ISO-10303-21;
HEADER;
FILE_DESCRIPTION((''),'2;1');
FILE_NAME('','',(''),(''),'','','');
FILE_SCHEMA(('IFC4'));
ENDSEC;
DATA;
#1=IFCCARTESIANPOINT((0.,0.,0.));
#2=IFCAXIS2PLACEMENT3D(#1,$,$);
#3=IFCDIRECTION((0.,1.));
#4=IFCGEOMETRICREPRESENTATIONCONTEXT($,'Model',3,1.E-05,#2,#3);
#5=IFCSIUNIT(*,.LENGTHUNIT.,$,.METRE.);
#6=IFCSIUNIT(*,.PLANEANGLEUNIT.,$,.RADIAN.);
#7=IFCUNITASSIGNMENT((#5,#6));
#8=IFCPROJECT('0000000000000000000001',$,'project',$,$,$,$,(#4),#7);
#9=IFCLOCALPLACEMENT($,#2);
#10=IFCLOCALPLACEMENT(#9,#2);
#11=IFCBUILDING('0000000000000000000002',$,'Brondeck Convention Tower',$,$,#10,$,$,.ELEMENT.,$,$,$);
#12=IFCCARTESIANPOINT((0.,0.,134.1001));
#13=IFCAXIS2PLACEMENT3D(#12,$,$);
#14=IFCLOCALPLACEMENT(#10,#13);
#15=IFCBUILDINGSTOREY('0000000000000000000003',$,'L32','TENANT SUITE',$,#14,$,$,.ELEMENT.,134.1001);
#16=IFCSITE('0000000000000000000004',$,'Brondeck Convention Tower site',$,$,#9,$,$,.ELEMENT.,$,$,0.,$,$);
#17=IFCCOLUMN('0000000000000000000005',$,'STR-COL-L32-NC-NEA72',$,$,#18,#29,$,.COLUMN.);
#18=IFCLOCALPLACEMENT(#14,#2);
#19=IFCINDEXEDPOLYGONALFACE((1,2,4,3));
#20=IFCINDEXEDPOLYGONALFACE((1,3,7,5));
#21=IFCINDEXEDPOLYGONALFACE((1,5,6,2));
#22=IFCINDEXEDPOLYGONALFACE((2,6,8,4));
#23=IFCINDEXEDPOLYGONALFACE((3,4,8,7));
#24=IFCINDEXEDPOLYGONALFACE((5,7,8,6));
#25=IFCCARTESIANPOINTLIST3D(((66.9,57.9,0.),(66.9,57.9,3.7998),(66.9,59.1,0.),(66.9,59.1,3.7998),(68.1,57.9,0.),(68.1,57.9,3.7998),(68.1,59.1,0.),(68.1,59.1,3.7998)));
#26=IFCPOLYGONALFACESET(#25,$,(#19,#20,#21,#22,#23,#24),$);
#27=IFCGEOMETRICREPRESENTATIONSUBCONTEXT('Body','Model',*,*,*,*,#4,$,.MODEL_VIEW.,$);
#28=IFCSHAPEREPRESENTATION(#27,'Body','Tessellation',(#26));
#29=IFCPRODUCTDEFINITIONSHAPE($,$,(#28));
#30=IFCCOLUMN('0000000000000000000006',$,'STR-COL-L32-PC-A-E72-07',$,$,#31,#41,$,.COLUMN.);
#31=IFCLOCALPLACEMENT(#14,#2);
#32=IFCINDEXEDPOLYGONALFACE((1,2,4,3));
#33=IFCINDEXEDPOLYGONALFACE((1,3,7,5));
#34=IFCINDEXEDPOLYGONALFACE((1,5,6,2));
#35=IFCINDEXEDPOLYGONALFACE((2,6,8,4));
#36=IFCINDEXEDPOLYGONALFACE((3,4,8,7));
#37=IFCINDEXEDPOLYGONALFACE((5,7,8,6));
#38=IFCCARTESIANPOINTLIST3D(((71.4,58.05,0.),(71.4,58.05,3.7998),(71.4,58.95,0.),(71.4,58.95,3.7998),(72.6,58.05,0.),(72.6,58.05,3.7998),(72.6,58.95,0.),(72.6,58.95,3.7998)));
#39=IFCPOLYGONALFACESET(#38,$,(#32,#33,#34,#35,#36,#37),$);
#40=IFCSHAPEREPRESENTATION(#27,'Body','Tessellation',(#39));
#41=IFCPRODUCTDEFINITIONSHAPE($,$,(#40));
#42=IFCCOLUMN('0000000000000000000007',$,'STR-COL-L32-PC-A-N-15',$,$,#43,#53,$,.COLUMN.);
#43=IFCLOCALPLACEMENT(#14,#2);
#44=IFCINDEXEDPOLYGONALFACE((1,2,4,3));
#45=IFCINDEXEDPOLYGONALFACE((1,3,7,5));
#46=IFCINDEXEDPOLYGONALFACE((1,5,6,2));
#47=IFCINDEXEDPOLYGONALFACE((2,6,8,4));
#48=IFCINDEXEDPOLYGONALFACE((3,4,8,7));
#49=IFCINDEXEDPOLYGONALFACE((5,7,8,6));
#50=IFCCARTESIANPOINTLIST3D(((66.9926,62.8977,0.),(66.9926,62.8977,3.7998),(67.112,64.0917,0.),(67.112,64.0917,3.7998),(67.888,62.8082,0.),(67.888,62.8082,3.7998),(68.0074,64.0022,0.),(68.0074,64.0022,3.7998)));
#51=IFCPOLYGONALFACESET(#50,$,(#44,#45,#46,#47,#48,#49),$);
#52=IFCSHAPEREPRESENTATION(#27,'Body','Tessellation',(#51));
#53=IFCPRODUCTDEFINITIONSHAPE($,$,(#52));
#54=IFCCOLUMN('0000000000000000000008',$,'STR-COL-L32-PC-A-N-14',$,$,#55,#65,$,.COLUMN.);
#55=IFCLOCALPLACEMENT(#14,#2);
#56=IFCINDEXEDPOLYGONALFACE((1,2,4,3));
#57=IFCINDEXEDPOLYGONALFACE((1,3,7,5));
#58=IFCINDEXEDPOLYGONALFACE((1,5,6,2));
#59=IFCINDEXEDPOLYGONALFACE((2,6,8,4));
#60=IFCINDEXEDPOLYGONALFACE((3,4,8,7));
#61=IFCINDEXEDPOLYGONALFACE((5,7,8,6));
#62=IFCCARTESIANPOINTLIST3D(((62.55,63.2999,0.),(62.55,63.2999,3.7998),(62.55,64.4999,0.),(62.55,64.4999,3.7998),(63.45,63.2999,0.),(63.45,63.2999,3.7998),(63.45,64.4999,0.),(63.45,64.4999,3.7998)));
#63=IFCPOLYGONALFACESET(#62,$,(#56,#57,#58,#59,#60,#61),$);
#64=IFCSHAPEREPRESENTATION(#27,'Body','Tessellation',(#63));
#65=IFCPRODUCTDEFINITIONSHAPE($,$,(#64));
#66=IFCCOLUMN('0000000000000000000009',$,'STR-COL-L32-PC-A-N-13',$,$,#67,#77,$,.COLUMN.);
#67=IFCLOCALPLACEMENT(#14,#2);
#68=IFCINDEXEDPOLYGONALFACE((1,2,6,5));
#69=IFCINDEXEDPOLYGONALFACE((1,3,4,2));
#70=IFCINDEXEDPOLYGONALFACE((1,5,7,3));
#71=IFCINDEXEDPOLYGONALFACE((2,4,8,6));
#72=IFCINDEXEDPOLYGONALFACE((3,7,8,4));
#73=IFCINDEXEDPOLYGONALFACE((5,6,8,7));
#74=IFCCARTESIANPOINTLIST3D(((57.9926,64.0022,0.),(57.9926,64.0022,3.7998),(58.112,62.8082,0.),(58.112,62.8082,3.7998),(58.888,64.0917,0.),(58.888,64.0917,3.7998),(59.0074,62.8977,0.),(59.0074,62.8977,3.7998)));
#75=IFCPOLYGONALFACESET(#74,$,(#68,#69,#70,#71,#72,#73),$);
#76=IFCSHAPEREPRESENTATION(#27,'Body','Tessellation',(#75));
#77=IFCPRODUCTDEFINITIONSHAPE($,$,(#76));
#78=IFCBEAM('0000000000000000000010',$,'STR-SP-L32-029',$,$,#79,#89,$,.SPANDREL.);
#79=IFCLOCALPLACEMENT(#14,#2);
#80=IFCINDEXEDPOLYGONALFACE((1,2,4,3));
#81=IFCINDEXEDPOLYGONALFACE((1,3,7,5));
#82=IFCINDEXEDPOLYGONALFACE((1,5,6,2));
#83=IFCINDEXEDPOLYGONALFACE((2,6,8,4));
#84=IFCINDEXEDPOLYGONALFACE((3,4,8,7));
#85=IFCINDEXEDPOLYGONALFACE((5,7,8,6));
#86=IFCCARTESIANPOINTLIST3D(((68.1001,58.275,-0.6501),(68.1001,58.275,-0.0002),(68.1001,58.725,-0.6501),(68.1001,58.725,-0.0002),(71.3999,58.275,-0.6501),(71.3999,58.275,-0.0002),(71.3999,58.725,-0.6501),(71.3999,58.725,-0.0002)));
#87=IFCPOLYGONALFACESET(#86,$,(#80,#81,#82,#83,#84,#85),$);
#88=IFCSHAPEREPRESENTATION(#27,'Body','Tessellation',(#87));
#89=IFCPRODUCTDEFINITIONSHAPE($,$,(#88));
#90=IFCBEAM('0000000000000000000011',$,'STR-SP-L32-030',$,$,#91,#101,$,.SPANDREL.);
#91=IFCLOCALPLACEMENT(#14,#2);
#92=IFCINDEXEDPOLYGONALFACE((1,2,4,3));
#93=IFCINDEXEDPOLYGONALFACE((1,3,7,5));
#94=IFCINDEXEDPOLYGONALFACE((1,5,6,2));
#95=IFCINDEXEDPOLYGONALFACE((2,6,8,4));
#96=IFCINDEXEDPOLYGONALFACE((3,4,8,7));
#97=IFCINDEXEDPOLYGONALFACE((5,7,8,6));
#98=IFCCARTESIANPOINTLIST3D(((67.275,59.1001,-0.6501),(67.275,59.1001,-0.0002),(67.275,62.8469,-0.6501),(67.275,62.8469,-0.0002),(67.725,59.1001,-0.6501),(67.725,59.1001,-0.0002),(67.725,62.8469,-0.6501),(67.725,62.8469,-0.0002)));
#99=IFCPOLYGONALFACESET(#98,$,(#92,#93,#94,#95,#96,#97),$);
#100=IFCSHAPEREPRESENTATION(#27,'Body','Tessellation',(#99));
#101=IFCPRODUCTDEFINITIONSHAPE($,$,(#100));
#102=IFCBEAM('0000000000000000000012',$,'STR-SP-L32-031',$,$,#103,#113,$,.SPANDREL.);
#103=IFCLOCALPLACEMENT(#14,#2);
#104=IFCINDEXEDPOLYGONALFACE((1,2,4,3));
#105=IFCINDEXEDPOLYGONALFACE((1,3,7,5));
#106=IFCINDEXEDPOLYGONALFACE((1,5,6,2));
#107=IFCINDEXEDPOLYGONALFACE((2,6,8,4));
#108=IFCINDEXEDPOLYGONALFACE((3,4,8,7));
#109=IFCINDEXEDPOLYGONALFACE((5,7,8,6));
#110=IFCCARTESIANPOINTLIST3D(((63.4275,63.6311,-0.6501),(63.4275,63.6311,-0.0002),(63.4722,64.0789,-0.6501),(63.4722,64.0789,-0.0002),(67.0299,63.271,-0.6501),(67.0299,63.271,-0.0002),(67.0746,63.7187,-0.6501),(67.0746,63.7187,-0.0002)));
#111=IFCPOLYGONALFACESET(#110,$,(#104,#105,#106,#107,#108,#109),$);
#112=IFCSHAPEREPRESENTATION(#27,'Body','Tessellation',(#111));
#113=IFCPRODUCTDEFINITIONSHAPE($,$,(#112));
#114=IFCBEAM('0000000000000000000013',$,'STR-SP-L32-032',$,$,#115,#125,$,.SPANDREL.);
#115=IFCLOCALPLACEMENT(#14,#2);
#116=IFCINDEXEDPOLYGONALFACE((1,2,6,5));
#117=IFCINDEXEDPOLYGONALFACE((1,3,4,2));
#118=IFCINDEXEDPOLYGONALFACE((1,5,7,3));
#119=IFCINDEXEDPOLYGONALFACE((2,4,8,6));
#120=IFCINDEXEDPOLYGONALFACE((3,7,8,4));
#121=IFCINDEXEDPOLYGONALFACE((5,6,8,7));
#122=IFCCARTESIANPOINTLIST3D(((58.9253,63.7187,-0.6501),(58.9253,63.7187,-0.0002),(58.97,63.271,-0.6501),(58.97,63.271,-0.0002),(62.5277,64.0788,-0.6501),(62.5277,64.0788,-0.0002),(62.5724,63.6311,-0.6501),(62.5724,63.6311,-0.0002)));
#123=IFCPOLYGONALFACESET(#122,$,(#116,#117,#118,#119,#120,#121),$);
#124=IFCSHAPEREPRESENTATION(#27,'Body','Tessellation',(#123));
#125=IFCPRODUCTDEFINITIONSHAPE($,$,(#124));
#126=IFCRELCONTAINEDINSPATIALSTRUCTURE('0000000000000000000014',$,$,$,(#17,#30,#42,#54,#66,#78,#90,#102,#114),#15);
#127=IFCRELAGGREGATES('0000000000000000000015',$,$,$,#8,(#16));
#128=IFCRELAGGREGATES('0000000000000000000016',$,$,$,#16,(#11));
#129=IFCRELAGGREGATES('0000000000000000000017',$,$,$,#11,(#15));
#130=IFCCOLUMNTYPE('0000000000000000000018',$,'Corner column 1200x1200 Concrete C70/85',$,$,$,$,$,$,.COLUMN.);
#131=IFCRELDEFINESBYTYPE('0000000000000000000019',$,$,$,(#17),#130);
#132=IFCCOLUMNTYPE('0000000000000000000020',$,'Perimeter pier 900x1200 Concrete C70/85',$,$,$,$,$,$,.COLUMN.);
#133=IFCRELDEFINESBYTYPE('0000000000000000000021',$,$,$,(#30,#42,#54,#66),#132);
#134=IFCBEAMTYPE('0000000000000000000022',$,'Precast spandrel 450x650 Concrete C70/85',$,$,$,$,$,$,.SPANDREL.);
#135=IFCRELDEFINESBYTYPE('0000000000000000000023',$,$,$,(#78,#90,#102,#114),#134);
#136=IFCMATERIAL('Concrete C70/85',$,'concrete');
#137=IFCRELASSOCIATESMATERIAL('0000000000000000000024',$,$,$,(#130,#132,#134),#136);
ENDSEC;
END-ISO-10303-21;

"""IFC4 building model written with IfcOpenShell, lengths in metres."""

from ifc_helpers import new_model, si_unit, direction, frame, origin, origin_2d, place, context, subcontext, project, spatial, rectangle, extrude, material, material_profile, profile_set, type_object, element, save


model = new_model("IFC4")

# Units and contexts
model_context = context("Model", 3, precision=1e-05, world=origin(), true_north=direction((0.0, 1.0)))
body_context = subcontext(model_context, "Body", "Model", "MODEL_VIEW")
ifc_project = project(units=[si_unit("LENGTHUNIT", "METRE"), si_unit("PLANEANGLEUNIT", "RADIAN")], contexts=[model_context])

# Site, building, storey
site_placement = place(None, origin())
site = spatial("IfcSite", under=ifc_project, at=site_placement, Name="Brondeck Convention Tower site", CompositionType="ELEMENT", RefElevation=0.0)
building_placement = place(site_placement, origin())
building = spatial("IfcBuilding", under=site, at=building_placement, Name="Brondeck Convention Tower", CompositionType="ELEMENT")
storey_placement = place(building_placement, frame((0.0, 0.0, 134.1001)))
storey = spatial("IfcBuildingStorey", under=building, at=storey_placement, Name="L32", Description="TENANT SUITE", CompositionType="ELEMENT", Elevation=134.1001)

# Columns
ifc_material_1 = material(Name="Concrete C70/85", Category="concrete")
ifc_material_profile_1 = material_profile(ifc_material_1, rectangle(XDim=1.2, YDim=1.2, at=origin_2d()), Name="Corner column 1200x1200 Concrete C70/85")
ifc_profile_set_1 = profile_set([ifc_material_profile_1], Name="Concrete C70/85")
column_type_1 = type_object("IfcColumnType", Name="Corner column 1200x1200 Concrete C70/85", PredefinedType="COLUMN", material=ifc_profile_set_1)
column_placement = place(storey_placement, frame((67.5, 58.5, 0.0), z_axis=(0.0, 0.0, 1.0), x_axis=(1.0, 0.0, 0.0)))
element("IfcColumn", 1, at=column_placement, inside=storey, type_object=column_type_1, Name="STR-COL-L32-NC-NEA72", PredefinedType="COLUMN", context=body_context, shape_type="SweptSolid", body=[
    extrude(rectangle(XDim=1.2, YDim=1.2, at=origin_2d()), origin(), (0.0, 0.0, 1.0), 3.7998),
])
ifc_material_profile_2 = material_profile(ifc_material_1, rectangle(XDim=0.8999, YDim=1.2, at=origin_2d()), Name="Perimeter pier 900x1200 Concrete C70/85")
ifc_profile_set_2 = profile_set([ifc_material_profile_2], Name="Concrete C70/85")
column_type_2 = type_object("IfcColumnType", Name="Perimeter pier 900x1200 Concrete C70/85", PredefinedType="COLUMN", material=ifc_profile_set_2)
for number, where, z_axis, x_axis, name in (
    (2, (72.0, 58.5, 0.0), (0.0, 0.0, 1.0), (0.0, 1.0, 0.0), "STR-COL-L32-PC-A-E72-07"),
    (3, (67.5, 63.45, 0.0), (0.0, 0.0, 1.0), (-0.995037, 0.099504, 0.0), "STR-COL-L32-PC-A-N-15"),
    (4, (63.0, 63.8999, 0.0), (0.0, 0.0, 1.0), (-1.0, 0.0, 0.0), "STR-COL-L32-PC-A-N-14"),
    (5, (58.5, 63.45, 0.0), (0.0, 0.0, 1.0), (-0.995037, -0.099504, 0.0), "STR-COL-L32-PC-A-N-13"),
):
    element("IfcColumn", number, at=place(storey_placement, frame(where, z_axis=z_axis, x_axis=x_axis)), inside=storey, type_object=column_type_2, Name=name, PredefinedType="COLUMN", context=body_context, shape_type="SweptSolid", body=[
        extrude(rectangle(XDim=0.8999, YDim=1.2, at=origin_2d()), origin(), (0.0, 0.0, 1.0), 3.7998),
    ])

# Beams
ifc_material_profile_3 = material_profile(ifc_material_1, rectangle(XDim=0.45, YDim=0.6499, at=origin_2d()), Name="Precast spandrel 450x650 Concrete C70/85")
ifc_profile_set_3 = profile_set([ifc_material_profile_3], Name="Concrete C70/85")
beam_type = type_object("IfcBeamType", Name="Precast spandrel 450x650 Concrete C70/85", PredefinedType="SPANDREL", material=ifc_profile_set_3)
beam_1_placement = place(storey_placement, frame((71.3999, 58.5, -0.3252), z_axis=(-1.0, 0.0, 0.0), x_axis=(0.0, -1.0, 0.0)))
element("IfcBeam", 6, at=beam_1_placement, inside=storey, type_object=beam_type, Name="STR-SP-L32-029", PredefinedType="SPANDREL", context=body_context, shape_type="SweptSolid", body=[
    extrude(rectangle(XDim=0.45, YDim=0.6499, at=origin_2d()), origin(), (0.0, 0.0, 1.0), 3.2998),
])
beam_2_placement = place(storey_placement, frame((67.5, 59.1001, -0.3252), z_axis=(0.0, 1.0, 0.0), x_axis=(-1.0, 0.0, 0.0)))
element("IfcBeam", 7, at=beam_2_placement, inside=storey, type_object=beam_type, Name="STR-SP-L32-030", PredefinedType="SPANDREL", context=body_context, shape_type="SweptSolid", body=[
    extrude(rectangle(XDim=0.45, YDim=0.6499, at=origin_2d()), origin(), (0.0, 0.0, 1.0), 3.7468),
])
for number, where, z_axis, x_axis, name in (
    (8, (67.0522, 63.4949, -0.3252), (-0.995041, 0.09947, 0.0), (-0.09947, -0.995041, 0.0), "STR-SP-L32-031"),
    (9, (62.55, 63.855, -0.3252), (-0.995041, -0.09947, 0.0), (0.09947, -0.995041, 0.0), "STR-SP-L32-032"),
):
    element("IfcBeam", number, at=place(storey_placement, frame(where, z_axis=z_axis, x_axis=x_axis)), inside=storey, type_object=beam_type, Name=name, PredefinedType="SPANDREL", context=body_context, shape_type="SweptSolid", body=[
        extrude(rectangle(XDim=0.45, YDim=0.6499, at=origin_2d()), origin(), (0.0, 0.0, 1.0), 3.6204),
    ])

save(model, "model.ifc")
